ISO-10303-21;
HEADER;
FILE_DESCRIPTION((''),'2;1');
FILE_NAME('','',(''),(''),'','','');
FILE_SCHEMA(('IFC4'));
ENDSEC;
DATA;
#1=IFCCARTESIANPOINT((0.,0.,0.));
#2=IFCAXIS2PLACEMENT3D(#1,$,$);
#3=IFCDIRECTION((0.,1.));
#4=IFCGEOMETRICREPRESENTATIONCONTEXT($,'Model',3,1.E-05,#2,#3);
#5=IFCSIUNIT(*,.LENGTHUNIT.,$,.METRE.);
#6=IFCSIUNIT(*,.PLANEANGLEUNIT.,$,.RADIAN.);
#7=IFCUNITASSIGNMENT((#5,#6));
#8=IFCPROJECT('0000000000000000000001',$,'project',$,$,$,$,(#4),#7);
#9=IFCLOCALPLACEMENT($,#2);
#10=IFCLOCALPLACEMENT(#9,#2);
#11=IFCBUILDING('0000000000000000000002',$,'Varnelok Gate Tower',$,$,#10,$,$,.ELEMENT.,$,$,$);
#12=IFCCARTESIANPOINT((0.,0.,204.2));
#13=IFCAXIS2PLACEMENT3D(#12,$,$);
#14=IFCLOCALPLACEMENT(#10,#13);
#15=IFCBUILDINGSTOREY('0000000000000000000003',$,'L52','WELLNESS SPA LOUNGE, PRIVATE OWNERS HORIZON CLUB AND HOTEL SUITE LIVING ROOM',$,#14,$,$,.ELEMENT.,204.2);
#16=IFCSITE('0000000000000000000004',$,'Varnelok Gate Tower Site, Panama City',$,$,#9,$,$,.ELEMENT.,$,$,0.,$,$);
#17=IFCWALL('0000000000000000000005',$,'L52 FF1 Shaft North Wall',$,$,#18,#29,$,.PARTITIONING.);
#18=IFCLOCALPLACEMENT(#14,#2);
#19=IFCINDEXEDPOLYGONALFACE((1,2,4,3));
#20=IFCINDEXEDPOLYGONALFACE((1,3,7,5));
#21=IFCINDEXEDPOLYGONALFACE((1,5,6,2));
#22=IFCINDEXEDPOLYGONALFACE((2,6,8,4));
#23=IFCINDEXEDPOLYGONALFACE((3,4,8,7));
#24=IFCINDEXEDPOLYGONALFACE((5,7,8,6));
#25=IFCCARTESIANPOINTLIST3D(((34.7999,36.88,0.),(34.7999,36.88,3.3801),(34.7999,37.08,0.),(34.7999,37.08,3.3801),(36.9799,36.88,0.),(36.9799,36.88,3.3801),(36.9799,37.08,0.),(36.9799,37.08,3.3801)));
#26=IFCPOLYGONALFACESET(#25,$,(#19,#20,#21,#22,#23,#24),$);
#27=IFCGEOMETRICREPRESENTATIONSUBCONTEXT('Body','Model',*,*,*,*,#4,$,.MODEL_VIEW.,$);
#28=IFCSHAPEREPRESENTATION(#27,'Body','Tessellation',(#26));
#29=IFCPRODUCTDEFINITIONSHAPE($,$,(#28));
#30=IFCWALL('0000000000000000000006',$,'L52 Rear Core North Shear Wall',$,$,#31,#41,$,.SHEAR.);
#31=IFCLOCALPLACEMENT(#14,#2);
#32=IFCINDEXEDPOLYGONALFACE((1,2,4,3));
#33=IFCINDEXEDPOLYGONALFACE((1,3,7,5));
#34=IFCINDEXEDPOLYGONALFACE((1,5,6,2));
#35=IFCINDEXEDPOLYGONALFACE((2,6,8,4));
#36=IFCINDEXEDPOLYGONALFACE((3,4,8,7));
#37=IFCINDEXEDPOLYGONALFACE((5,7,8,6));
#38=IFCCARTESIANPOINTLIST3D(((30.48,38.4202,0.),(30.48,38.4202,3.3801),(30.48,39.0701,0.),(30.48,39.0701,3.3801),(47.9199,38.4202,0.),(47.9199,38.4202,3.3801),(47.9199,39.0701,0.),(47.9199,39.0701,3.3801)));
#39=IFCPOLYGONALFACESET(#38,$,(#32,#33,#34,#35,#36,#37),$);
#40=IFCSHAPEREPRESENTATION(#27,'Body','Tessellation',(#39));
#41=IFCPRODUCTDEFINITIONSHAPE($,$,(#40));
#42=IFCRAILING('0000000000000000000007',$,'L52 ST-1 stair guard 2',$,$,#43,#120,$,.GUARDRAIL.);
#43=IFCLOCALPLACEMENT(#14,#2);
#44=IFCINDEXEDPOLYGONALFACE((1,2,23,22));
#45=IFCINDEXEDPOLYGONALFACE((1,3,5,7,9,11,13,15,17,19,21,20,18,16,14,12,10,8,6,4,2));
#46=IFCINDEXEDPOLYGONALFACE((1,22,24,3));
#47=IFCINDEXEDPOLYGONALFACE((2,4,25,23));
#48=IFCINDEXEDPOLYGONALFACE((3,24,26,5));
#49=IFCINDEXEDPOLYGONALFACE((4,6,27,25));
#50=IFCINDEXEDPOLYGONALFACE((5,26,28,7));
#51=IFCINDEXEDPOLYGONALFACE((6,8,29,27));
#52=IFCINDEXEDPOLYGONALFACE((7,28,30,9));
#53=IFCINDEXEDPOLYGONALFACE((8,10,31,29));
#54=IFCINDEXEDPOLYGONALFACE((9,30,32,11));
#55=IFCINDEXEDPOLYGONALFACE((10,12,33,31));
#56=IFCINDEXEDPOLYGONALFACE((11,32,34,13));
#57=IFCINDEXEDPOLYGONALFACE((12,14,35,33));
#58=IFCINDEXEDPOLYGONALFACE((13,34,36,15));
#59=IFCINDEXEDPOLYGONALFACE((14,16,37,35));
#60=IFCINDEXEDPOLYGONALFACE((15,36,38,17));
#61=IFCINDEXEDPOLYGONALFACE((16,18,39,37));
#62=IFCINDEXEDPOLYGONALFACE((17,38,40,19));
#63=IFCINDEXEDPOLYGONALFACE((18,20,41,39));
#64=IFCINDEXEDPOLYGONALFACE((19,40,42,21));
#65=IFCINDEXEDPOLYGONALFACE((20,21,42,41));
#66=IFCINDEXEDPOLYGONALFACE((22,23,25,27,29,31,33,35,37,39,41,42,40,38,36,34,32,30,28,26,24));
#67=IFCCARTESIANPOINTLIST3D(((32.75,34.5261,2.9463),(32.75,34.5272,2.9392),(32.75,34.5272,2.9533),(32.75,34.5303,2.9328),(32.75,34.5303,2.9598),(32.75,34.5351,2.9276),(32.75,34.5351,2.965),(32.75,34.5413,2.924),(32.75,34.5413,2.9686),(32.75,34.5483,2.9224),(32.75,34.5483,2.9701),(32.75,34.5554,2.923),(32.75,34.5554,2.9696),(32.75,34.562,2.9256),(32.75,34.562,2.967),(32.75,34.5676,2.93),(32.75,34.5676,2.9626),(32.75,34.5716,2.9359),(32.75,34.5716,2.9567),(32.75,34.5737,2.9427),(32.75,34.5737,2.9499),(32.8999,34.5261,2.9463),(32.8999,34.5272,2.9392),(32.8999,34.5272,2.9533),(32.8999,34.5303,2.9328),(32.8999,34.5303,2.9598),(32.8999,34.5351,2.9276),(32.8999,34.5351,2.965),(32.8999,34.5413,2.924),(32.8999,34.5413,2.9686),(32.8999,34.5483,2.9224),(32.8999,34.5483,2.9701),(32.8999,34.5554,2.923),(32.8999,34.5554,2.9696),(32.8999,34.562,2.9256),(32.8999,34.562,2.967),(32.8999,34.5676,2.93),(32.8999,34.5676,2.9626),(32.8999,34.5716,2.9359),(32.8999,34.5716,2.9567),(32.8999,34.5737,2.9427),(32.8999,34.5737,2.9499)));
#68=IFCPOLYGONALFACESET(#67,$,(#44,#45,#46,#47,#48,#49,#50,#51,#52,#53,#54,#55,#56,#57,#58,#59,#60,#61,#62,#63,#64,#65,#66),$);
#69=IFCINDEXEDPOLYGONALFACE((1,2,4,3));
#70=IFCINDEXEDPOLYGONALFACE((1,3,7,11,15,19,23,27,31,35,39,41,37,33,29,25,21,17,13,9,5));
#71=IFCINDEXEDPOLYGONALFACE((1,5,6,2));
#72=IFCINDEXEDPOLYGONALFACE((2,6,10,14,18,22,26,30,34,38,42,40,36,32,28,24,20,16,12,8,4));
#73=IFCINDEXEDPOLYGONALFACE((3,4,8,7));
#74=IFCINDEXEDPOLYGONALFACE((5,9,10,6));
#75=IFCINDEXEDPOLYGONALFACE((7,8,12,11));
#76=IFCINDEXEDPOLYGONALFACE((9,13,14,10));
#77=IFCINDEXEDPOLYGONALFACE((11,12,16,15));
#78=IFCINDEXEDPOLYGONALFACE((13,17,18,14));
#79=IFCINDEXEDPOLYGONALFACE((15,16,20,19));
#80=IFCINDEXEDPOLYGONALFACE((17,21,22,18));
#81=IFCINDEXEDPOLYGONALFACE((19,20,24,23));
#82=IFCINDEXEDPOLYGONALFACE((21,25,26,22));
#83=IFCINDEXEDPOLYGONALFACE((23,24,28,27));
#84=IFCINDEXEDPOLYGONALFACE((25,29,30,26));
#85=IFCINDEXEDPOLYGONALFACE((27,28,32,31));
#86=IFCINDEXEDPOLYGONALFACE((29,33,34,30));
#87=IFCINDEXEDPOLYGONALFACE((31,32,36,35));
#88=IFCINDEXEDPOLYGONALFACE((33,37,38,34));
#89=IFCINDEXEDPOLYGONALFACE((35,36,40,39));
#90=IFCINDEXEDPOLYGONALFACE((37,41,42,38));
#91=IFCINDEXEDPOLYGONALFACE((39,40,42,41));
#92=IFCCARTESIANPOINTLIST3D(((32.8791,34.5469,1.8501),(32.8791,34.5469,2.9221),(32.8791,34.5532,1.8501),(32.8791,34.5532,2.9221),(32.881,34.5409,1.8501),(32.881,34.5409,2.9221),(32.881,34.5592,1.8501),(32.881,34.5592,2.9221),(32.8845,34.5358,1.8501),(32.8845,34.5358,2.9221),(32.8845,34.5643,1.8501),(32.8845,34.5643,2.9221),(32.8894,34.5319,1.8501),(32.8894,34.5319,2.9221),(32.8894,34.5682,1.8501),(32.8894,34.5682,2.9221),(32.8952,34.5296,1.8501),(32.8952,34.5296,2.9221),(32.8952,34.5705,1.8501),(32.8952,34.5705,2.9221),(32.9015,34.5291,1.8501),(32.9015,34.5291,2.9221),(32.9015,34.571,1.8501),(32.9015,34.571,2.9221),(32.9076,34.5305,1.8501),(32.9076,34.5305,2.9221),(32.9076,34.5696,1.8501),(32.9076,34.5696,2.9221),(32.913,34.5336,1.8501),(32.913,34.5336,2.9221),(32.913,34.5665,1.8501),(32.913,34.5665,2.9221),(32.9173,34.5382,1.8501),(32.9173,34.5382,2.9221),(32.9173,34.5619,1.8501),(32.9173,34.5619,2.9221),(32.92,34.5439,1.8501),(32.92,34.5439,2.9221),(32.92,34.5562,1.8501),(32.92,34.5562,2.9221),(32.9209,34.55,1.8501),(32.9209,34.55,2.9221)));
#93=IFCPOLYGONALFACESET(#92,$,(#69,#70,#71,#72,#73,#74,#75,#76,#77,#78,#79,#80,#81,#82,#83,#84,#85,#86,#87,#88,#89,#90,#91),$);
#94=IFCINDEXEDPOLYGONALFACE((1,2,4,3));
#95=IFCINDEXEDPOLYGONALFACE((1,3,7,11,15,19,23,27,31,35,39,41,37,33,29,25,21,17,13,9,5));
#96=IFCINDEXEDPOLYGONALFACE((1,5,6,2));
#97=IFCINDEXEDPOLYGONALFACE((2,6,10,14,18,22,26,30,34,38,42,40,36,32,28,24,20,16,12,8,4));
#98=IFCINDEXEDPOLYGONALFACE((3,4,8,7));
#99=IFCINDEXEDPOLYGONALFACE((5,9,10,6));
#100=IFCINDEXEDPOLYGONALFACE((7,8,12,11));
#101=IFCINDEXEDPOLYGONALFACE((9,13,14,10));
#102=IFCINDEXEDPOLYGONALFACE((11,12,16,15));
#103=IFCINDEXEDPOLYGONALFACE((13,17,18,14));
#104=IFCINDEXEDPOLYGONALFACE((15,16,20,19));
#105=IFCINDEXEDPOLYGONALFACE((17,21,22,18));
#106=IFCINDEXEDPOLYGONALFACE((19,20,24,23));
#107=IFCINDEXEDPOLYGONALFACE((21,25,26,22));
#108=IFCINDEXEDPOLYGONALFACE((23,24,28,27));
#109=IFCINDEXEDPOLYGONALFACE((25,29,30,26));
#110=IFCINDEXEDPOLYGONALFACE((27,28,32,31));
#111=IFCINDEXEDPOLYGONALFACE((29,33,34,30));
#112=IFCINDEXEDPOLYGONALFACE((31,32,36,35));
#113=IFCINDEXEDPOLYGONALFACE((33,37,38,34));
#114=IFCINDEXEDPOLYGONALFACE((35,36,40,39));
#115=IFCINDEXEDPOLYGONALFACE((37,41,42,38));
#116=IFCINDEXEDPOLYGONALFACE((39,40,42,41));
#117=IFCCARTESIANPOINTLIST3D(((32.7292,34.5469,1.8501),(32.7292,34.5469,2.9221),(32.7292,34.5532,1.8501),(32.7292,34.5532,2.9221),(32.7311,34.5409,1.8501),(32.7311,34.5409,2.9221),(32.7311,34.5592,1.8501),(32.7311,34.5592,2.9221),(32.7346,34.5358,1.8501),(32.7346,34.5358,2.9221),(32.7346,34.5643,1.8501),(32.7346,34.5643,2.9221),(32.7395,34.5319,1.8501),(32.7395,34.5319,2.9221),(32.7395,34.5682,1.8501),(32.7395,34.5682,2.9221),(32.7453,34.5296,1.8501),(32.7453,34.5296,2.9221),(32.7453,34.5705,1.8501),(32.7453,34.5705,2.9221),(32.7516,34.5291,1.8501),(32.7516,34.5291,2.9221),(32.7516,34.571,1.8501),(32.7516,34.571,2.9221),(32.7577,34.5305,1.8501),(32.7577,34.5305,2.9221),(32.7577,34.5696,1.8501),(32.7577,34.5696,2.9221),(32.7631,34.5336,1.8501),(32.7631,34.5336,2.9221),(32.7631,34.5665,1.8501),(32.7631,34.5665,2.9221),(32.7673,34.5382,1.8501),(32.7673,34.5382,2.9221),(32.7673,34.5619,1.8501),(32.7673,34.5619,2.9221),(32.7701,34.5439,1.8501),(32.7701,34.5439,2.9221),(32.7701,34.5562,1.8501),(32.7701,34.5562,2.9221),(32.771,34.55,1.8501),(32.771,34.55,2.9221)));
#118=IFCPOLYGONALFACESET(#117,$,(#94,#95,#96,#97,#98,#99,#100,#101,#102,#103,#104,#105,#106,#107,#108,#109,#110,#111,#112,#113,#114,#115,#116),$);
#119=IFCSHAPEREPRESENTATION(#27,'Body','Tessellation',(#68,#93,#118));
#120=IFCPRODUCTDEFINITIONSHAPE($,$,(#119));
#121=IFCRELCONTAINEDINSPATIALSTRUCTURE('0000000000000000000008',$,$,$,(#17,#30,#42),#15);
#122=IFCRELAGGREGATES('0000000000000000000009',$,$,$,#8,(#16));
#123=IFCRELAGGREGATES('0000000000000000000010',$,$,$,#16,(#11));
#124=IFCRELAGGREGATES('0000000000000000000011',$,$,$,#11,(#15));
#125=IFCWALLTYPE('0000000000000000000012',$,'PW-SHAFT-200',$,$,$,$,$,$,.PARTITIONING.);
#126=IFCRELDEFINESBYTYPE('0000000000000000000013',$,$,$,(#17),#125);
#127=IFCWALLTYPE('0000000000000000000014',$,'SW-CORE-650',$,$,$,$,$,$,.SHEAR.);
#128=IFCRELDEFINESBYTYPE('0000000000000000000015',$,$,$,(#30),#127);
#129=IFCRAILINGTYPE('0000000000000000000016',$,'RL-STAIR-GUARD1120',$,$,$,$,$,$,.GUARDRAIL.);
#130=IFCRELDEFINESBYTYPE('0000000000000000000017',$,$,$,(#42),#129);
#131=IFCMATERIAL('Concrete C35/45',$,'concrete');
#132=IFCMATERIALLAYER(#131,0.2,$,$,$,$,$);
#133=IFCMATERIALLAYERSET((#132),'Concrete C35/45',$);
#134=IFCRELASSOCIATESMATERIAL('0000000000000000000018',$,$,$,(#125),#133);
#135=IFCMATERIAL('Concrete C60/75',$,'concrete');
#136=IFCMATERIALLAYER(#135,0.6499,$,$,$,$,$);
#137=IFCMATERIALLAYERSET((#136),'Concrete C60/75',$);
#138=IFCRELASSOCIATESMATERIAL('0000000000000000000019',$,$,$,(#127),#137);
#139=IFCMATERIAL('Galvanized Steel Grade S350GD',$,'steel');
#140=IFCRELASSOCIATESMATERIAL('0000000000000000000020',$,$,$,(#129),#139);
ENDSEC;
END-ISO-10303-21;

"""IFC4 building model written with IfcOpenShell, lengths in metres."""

from ifc_helpers import new_model, si_unit, direction, frame, frame_2d, origin, origin_2d, place, context, subcontext, project, spatial, rectangle, circle, extrude, material, layer, layer_set, type_object, element, save


model = new_model("IFC4")

# Units and contexts
model_context = context("Model", 3, precision=1e-05, world=origin(), true_north=direction((0.0, 1.0)))
body_context = subcontext(model_context, "Body", "Model", "MODEL_VIEW")
ifc_project = project(units=[si_unit("LENGTHUNIT", "METRE"), si_unit("PLANEANGLEUNIT", "RADIAN")], contexts=[model_context])

# Site, building, storey
site_placement = place(None, origin())
site = spatial("IfcSite", under=ifc_project, at=site_placement, Name="Varnelok Gate Tower Site, Panama City", CompositionType="ELEMENT", RefElevation=0.0)
building_placement = place(site_placement, origin())
building = spatial("IfcBuilding", under=site, at=building_placement, Name="Varnelok Gate Tower", CompositionType="ELEMENT")
storey_placement = place(building_placement, frame((0.0, 0.0, 204.2)))
storey = spatial("IfcBuildingStorey", under=building, at=storey_placement, Name="L52", Description="WELLNESS SPA LOUNGE, PRIVATE OWNERS HORIZON CLUB AND HOTEL SUITE LIVING ROOM", CompositionType="ELEMENT", Elevation=204.2)

# Shared definitions
ifc_material_1 = material(Name="Concrete C60/75", Category="concrete")

# Walls
ifc_material_2 = material(Name="Concrete C35/45", Category="concrete")
ifc_layer_1 = layer(ifc_material_2, 0.2)
ifc_layer_set_1 = layer_set([ifc_layer_1], Name="Concrete C35/45")
wall_type_1 = type_object("IfcWallType", Name="PW-SHAFT-200", PredefinedType="PARTITIONING", material=ifc_layer_set_1)
wall_1_placement = place(storey_placement, frame((34.8, 36.98, 0.0), z_axis=(0.0, 0.0, 1.0), x_axis=(1.0, 0.0, 0.0)))
element("IfcWall", 1, at=wall_1_placement, inside=storey, type_object=wall_type_1, Name="L52 FF1 Shaft North Wall", PredefinedType="PARTITIONING", context=body_context, shape_type="SweptSolid", body=[
    extrude(rectangle(XDim=2.1799, YDim=0.2, at=frame_2d((1.0898, 0.0))), origin(), (0.0, 0.0, 1.0), 3.3801),
])
ifc_layer_2 = layer(ifc_material_1, 0.6499)
ifc_layer_set_2 = layer_set([ifc_layer_2], Name="Concrete C60/75")
wall_type_2 = type_object("IfcWallType", Name="SW-CORE-650", PredefinedType="SHEAR", material=ifc_layer_set_2)
wall_2_placement = place(storey_placement, frame((30.48, 38.7451, 0.0), z_axis=(0.0, 0.0, 1.0), x_axis=(1.0, 0.0, 0.0)))
element("IfcWall", 2, at=wall_2_placement, inside=storey, type_object=wall_type_2, Name="L52 Rear Core North Shear Wall", PredefinedType="SHEAR", context=body_context, shape_type="SweptSolid", body=[
    extrude(rectangle(XDim=17.4399, YDim=0.6499, at=frame_2d((8.72, 0.0))), origin(), (0.0, 0.0, 1.0), 3.3801),
])

# Railing
ifc_material_3 = material(Name="Galvanized Steel Grade S350GD", Category="steel")
railing_type_1 = type_object("IfcRailingType", Name="RL-STAIR-GUARD1120", PredefinedType="GUARDRAIL", material=ifc_material_3)
railing_1_placement = place(storey_placement, frame((32.8999, 34.55, 1.8501)))
element("IfcRailing", 3, at=railing_1_placement, inside=storey, type_object=railing_type_1, Name="L52 ST-1 stair guard 2", PredefinedType="GUARDRAIL", context=body_context, shape_type="SweptSolid", body=[
    extrude(circle(Radius=0.0239, at=origin_2d()), frame((0.0, 0.0, 1.0962), z_axis=(-1.0, 0.0, 0.0), x_axis=(0.0, -1.0, 0.0)), (0.0, 0.0, 1.0), 0.1499),
    extrude(circle(Radius=0.021, at=origin_2d()), origin(), (0.0, 0.0, 1.0), 1.072),
    extrude(circle(Radius=0.021, at=origin_2d()), frame((-0.1499, 0.0, 0.0)), (0.0, 0.0, 1.0), 1.072),
])

save(model, "model.ifc")
